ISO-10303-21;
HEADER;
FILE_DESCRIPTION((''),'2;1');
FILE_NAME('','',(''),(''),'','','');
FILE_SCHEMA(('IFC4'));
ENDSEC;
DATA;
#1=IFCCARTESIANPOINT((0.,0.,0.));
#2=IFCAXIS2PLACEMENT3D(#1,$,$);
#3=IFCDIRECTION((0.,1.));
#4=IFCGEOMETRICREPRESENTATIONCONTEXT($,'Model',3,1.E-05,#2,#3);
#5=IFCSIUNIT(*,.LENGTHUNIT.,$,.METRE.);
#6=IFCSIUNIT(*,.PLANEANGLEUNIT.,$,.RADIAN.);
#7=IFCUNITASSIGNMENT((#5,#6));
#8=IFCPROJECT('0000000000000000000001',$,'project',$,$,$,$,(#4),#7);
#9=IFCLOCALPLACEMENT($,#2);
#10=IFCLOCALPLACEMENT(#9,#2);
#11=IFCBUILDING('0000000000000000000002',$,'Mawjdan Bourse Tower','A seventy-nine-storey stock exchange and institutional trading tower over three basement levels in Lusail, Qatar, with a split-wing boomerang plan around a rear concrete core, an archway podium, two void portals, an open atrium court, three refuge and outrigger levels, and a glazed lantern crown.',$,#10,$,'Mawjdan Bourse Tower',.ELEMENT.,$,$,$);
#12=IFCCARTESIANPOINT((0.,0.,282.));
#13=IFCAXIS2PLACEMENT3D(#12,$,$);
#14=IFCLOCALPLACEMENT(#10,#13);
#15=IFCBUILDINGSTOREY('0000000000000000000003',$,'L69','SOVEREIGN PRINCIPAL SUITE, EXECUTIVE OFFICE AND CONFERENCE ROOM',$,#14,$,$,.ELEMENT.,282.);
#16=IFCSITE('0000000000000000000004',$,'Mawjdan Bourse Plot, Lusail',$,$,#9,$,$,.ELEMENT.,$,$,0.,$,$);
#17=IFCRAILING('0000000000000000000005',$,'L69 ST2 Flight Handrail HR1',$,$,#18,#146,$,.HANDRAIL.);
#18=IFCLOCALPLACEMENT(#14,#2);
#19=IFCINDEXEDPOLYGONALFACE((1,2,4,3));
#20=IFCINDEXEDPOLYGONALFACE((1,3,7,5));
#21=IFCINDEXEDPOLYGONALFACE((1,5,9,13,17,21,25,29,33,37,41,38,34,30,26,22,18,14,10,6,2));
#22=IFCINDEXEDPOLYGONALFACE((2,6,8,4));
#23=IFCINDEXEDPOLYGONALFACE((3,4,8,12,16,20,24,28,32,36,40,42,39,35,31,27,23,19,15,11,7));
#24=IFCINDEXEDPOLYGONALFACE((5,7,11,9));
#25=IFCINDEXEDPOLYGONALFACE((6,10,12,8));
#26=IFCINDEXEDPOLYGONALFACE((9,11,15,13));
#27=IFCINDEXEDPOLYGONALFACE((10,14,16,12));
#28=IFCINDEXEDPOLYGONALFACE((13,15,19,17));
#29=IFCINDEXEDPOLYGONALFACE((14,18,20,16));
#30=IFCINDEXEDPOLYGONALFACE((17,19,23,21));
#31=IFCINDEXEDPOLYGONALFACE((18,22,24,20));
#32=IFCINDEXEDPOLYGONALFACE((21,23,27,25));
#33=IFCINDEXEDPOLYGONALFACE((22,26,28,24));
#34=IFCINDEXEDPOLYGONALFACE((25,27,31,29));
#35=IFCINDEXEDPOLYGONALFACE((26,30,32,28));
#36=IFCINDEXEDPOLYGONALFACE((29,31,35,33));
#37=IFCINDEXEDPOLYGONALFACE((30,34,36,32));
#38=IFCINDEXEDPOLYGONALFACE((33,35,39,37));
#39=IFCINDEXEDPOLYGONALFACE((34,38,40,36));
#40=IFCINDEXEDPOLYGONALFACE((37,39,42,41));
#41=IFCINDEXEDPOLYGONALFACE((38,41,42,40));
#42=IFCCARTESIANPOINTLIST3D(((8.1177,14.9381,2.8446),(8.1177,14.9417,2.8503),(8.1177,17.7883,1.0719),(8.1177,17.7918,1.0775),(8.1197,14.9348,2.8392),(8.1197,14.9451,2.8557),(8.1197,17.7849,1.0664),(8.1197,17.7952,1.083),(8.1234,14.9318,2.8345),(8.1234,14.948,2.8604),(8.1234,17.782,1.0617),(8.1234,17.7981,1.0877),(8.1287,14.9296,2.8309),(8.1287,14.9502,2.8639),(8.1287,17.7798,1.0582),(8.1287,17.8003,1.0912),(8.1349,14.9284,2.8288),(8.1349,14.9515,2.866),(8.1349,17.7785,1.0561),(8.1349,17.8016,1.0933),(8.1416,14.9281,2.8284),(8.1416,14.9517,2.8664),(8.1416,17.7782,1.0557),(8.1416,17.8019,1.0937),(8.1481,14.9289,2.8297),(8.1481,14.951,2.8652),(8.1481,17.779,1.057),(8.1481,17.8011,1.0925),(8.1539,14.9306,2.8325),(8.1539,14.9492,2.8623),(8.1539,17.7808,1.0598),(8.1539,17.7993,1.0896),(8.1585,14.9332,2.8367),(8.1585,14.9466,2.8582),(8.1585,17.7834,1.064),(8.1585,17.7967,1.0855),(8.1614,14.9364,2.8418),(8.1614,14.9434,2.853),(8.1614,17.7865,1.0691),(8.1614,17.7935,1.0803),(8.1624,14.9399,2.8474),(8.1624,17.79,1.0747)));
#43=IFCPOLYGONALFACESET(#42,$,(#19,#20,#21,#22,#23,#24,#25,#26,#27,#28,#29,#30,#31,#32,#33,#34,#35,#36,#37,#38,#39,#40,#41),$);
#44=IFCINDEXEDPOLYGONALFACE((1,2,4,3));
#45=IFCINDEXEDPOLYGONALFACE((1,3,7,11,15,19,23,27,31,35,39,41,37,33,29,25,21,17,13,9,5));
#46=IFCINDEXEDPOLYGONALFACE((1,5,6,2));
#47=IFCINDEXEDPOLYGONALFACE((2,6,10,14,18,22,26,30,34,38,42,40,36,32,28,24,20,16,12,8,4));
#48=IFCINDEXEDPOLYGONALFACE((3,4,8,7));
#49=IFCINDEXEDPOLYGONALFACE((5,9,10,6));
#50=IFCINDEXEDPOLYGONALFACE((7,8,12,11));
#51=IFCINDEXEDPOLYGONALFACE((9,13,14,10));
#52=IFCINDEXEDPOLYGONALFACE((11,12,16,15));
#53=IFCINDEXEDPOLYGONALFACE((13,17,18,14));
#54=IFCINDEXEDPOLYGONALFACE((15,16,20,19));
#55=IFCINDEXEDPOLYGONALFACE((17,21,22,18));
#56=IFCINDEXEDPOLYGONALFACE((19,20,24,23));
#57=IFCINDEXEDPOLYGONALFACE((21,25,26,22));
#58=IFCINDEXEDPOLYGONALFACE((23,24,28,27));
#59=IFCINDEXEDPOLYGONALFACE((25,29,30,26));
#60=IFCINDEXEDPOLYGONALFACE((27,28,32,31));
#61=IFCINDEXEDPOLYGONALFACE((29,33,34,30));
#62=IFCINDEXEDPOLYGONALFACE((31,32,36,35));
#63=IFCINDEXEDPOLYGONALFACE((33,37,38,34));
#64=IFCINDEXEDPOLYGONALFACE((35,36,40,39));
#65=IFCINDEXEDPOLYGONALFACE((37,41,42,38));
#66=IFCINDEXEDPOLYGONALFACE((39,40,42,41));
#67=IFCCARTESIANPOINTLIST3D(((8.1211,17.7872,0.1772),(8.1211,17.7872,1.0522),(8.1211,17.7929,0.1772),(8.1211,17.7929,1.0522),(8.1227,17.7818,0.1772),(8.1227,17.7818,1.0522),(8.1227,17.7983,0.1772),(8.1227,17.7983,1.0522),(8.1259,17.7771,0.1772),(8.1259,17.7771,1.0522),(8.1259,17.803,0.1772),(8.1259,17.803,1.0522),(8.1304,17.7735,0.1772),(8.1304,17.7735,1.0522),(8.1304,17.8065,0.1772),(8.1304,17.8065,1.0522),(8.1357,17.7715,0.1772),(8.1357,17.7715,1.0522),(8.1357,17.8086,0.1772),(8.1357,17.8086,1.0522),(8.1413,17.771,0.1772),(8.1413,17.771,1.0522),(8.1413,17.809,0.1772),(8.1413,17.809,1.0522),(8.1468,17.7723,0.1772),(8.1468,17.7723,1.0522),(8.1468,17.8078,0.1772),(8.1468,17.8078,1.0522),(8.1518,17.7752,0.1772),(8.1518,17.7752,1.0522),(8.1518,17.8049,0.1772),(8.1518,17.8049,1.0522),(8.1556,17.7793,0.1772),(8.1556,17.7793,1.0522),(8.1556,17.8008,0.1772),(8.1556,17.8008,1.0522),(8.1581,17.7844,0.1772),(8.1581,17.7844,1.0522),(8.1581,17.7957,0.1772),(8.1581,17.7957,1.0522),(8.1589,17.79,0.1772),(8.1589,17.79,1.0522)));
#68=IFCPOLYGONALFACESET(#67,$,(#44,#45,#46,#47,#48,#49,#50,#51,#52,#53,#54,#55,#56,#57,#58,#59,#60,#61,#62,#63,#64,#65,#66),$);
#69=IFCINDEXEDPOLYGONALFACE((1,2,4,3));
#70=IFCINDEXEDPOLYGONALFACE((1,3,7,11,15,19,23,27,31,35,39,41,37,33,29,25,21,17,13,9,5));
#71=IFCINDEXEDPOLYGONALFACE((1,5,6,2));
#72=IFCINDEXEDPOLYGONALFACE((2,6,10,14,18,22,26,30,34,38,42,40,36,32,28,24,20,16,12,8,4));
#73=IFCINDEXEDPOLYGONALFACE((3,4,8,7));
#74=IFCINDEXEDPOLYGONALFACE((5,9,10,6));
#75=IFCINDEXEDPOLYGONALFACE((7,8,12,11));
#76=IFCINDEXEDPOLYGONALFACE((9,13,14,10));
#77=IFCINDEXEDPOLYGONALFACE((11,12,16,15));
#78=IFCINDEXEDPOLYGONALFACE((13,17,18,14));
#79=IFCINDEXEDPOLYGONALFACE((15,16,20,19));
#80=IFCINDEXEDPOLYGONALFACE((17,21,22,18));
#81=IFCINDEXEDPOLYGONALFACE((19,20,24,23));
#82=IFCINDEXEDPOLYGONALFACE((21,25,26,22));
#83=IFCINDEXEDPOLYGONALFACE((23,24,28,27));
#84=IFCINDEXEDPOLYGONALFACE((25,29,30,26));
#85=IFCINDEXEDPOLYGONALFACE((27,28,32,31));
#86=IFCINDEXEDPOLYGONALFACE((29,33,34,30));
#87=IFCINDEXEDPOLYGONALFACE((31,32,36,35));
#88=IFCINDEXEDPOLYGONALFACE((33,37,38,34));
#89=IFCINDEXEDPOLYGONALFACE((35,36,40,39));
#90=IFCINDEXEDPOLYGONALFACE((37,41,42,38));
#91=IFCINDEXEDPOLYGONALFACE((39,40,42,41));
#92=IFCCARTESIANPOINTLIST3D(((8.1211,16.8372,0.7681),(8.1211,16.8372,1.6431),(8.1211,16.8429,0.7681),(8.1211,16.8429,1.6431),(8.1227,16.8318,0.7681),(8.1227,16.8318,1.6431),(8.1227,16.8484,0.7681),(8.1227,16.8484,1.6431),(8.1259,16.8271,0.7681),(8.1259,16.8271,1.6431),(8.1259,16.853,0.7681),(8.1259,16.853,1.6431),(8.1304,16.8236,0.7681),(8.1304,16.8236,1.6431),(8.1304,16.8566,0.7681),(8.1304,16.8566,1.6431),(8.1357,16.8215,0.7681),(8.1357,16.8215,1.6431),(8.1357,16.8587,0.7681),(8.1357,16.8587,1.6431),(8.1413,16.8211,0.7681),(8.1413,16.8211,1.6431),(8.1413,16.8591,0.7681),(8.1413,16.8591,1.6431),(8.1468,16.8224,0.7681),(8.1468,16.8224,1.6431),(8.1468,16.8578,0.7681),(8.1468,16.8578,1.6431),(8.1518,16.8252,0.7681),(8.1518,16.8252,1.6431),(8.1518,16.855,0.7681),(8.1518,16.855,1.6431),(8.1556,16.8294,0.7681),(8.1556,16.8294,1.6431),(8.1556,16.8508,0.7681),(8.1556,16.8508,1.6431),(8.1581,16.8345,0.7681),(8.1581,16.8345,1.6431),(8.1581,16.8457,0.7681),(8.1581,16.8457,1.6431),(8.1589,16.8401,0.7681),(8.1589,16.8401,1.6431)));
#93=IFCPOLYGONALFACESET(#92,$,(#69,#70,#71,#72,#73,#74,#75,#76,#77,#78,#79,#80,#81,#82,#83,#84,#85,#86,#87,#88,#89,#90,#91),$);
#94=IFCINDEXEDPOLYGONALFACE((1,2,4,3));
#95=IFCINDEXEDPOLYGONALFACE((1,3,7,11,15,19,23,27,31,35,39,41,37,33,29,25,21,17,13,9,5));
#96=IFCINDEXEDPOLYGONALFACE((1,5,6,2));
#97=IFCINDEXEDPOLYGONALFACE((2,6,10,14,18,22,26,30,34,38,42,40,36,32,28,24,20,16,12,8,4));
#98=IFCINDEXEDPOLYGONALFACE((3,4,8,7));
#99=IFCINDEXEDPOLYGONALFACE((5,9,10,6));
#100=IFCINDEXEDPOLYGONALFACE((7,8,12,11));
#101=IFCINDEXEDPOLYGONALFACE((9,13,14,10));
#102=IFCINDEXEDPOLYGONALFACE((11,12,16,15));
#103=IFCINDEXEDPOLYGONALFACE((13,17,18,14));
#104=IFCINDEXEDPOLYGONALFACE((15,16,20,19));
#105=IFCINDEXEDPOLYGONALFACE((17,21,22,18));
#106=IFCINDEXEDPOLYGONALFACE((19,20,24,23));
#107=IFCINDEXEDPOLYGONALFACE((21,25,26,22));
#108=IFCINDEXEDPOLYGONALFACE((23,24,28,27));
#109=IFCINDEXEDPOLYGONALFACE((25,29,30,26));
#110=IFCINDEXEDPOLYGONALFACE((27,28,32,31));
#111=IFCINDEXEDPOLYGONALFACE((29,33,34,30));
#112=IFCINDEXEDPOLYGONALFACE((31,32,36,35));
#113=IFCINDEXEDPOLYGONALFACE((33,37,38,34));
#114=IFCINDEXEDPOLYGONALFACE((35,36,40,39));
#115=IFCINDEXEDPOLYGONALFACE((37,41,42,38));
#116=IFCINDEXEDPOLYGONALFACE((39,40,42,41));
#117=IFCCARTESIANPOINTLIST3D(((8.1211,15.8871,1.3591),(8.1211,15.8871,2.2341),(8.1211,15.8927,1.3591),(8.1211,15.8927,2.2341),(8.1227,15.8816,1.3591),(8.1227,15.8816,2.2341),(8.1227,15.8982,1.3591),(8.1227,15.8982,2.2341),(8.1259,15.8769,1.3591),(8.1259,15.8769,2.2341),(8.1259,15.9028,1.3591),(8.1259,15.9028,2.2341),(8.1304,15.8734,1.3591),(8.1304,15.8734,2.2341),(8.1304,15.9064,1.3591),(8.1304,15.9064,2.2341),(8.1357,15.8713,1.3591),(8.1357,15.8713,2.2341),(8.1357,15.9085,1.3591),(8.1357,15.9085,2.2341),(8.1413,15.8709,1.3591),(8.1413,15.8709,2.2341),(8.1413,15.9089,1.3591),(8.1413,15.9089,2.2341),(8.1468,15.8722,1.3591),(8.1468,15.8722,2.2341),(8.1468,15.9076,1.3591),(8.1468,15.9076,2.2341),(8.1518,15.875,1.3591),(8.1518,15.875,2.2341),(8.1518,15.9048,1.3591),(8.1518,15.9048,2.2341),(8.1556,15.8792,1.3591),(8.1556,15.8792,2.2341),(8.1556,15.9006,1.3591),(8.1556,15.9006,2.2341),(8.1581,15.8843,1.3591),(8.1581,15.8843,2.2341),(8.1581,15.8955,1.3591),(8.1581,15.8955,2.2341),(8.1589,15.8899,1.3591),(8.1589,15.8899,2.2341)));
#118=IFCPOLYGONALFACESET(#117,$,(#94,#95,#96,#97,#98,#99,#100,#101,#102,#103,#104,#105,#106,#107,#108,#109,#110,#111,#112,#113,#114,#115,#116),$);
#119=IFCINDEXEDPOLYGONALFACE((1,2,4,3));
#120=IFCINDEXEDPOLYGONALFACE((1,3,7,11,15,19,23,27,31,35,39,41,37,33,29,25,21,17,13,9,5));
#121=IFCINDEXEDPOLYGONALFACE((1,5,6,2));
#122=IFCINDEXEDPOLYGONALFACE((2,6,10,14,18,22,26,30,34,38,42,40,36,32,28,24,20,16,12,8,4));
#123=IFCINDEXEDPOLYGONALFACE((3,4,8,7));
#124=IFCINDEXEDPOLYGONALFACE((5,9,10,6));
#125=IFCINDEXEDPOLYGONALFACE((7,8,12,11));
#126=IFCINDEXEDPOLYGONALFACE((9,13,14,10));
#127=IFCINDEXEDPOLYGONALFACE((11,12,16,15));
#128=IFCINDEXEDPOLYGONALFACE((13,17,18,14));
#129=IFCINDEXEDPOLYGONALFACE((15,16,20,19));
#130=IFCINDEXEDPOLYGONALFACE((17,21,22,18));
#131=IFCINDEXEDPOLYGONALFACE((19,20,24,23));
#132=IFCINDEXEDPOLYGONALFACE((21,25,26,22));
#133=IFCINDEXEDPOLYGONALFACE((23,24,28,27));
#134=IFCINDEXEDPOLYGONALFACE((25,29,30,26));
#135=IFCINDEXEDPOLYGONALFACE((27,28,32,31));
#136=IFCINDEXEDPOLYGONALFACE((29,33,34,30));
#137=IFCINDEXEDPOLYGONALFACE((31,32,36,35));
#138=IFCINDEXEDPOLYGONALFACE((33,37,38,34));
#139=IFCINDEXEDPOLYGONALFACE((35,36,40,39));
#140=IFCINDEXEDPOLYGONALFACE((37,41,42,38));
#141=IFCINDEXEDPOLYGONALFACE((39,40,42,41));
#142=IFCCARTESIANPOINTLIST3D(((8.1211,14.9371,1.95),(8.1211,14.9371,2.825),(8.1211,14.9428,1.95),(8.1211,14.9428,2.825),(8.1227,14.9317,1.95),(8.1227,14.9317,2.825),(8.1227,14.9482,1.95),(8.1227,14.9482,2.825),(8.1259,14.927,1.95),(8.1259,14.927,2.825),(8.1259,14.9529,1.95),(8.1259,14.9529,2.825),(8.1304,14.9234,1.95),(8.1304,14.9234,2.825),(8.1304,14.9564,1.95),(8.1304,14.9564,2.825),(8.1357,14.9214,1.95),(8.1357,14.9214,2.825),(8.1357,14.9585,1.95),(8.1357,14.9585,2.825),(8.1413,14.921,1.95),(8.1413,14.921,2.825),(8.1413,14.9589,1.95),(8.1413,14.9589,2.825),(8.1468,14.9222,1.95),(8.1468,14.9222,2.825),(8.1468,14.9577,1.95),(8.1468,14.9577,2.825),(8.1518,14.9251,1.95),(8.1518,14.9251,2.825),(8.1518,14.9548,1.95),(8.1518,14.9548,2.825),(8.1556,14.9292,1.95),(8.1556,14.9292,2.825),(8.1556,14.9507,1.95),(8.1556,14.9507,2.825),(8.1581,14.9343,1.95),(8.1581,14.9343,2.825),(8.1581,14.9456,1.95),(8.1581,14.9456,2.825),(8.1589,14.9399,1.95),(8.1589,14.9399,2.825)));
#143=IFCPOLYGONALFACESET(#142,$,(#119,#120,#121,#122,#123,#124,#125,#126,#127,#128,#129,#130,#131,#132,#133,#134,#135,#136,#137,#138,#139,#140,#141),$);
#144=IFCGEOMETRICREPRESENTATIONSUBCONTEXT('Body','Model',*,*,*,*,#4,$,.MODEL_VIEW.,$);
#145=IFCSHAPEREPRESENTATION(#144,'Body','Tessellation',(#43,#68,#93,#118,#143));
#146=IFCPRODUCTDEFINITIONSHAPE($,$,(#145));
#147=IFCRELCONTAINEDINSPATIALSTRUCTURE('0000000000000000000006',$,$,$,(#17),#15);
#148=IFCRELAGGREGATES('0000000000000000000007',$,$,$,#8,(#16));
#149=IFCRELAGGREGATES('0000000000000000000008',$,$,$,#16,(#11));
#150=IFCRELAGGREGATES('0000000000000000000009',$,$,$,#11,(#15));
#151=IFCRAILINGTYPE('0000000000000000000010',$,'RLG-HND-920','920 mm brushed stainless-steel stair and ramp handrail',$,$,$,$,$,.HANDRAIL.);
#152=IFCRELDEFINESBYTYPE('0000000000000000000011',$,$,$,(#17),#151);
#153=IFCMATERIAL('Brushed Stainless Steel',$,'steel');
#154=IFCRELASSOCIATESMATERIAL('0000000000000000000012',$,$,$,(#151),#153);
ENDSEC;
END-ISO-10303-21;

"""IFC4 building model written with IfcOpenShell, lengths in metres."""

from ifc_helpers import new_model, si_unit, direction, frame, origin, origin_2d, place, context, subcontext, project, spatial, circle, extrude, material, type_object, element, save


model = new_model("IFC4")

# Units and contexts
model_context = context("Model", 3, precision=1e-05, world=origin(), true_north=direction((0.0, 1.0)))
body_context = subcontext(model_context, "Body", "Model", "MODEL_VIEW")
ifc_project = project(units=[si_unit("LENGTHUNIT", "METRE"), si_unit("PLANEANGLEUNIT", "RADIAN")], contexts=[model_context])

# Site, building, storey
site_placement = place(None, origin())
site = spatial("IfcSite", under=ifc_project, at=site_placement, Name="Mawjdan Bourse Plot, Lusail", CompositionType="ELEMENT", RefElevation=0.0)
building_placement = place(site_placement, origin())
building = spatial("IfcBuilding", under=site, at=building_placement, Name="Mawjdan Bourse Tower", Description="A seventy-nine-storey stock exchange and institutional trading tower over three basement levels in Lusail, Qatar, with a split-wing boomerang plan around a rear concrete core, an archway podium, two void portals, an open atrium court, three refuge and outrigger levels, and a glazed lantern crown.", LongName="Mawjdan Bourse Tower", CompositionType="ELEMENT")
storey_placement = place(building_placement, frame((0.0, 0.0, 282.0)))
storey = spatial("IfcBuildingStorey", under=building, at=storey_placement, Name="L69", Description="SOVEREIGN PRINCIPAL SUITE, EXECUTIVE OFFICE AND CONFERENCE ROOM", CompositionType="ELEMENT", Elevation=282.0)

# Railing
ifc_material_1 = material(Name="Brushed Stainless Steel", Category="steel")
railing_type_1 = type_object("IfcRailingType", Name="RLG-HND-920", Description="920 mm brushed stainless-steel stair and ramp handrail", PredefinedType="HANDRAIL", material=ifc_material_1)
for number, where, name in (
    (1, (8.1399, 17.79, 0.1772), "L69 ST2 Flight Handrail HR1"),
):
    element("IfcRailing", number, at=place(storey_placement, frame(where)), inside=storey, type_object=railing_type_1, Name=name, PredefinedType="HANDRAIL", context=body_context, shape_type="SweptSolid", body=[
        extrude(circle(Radius=0.0225, at=origin_2d()), frame((0.0, 0.0, 0.8975), z_axis=(0.0, -0.849149, 0.528154), x_axis=(1.0, 0.0, 0.0)), (0.0, 0.0, 1.0), 3.3564),
        extrude(circle(Radius=0.019, at=origin_2d()), origin(), (0.0, 0.0, 1.0), 0.875),
        extrude(circle(Radius=0.019, at=origin_2d()), frame((0.0, -0.95, 0.5908)), (0.0, 0.0, 1.0), 0.875),
        extrude(circle(Radius=0.019, at=origin_2d()), frame((0.0, -1.9001, 1.1819)), (0.0, 0.0, 1.0), 0.875),
        extrude(circle(Radius=0.019, at=origin_2d()), frame((0.0, -2.8501, 1.7727)), (0.0, 0.0, 1.0), 0.875),
    ])

save(model, "model.ifc")
